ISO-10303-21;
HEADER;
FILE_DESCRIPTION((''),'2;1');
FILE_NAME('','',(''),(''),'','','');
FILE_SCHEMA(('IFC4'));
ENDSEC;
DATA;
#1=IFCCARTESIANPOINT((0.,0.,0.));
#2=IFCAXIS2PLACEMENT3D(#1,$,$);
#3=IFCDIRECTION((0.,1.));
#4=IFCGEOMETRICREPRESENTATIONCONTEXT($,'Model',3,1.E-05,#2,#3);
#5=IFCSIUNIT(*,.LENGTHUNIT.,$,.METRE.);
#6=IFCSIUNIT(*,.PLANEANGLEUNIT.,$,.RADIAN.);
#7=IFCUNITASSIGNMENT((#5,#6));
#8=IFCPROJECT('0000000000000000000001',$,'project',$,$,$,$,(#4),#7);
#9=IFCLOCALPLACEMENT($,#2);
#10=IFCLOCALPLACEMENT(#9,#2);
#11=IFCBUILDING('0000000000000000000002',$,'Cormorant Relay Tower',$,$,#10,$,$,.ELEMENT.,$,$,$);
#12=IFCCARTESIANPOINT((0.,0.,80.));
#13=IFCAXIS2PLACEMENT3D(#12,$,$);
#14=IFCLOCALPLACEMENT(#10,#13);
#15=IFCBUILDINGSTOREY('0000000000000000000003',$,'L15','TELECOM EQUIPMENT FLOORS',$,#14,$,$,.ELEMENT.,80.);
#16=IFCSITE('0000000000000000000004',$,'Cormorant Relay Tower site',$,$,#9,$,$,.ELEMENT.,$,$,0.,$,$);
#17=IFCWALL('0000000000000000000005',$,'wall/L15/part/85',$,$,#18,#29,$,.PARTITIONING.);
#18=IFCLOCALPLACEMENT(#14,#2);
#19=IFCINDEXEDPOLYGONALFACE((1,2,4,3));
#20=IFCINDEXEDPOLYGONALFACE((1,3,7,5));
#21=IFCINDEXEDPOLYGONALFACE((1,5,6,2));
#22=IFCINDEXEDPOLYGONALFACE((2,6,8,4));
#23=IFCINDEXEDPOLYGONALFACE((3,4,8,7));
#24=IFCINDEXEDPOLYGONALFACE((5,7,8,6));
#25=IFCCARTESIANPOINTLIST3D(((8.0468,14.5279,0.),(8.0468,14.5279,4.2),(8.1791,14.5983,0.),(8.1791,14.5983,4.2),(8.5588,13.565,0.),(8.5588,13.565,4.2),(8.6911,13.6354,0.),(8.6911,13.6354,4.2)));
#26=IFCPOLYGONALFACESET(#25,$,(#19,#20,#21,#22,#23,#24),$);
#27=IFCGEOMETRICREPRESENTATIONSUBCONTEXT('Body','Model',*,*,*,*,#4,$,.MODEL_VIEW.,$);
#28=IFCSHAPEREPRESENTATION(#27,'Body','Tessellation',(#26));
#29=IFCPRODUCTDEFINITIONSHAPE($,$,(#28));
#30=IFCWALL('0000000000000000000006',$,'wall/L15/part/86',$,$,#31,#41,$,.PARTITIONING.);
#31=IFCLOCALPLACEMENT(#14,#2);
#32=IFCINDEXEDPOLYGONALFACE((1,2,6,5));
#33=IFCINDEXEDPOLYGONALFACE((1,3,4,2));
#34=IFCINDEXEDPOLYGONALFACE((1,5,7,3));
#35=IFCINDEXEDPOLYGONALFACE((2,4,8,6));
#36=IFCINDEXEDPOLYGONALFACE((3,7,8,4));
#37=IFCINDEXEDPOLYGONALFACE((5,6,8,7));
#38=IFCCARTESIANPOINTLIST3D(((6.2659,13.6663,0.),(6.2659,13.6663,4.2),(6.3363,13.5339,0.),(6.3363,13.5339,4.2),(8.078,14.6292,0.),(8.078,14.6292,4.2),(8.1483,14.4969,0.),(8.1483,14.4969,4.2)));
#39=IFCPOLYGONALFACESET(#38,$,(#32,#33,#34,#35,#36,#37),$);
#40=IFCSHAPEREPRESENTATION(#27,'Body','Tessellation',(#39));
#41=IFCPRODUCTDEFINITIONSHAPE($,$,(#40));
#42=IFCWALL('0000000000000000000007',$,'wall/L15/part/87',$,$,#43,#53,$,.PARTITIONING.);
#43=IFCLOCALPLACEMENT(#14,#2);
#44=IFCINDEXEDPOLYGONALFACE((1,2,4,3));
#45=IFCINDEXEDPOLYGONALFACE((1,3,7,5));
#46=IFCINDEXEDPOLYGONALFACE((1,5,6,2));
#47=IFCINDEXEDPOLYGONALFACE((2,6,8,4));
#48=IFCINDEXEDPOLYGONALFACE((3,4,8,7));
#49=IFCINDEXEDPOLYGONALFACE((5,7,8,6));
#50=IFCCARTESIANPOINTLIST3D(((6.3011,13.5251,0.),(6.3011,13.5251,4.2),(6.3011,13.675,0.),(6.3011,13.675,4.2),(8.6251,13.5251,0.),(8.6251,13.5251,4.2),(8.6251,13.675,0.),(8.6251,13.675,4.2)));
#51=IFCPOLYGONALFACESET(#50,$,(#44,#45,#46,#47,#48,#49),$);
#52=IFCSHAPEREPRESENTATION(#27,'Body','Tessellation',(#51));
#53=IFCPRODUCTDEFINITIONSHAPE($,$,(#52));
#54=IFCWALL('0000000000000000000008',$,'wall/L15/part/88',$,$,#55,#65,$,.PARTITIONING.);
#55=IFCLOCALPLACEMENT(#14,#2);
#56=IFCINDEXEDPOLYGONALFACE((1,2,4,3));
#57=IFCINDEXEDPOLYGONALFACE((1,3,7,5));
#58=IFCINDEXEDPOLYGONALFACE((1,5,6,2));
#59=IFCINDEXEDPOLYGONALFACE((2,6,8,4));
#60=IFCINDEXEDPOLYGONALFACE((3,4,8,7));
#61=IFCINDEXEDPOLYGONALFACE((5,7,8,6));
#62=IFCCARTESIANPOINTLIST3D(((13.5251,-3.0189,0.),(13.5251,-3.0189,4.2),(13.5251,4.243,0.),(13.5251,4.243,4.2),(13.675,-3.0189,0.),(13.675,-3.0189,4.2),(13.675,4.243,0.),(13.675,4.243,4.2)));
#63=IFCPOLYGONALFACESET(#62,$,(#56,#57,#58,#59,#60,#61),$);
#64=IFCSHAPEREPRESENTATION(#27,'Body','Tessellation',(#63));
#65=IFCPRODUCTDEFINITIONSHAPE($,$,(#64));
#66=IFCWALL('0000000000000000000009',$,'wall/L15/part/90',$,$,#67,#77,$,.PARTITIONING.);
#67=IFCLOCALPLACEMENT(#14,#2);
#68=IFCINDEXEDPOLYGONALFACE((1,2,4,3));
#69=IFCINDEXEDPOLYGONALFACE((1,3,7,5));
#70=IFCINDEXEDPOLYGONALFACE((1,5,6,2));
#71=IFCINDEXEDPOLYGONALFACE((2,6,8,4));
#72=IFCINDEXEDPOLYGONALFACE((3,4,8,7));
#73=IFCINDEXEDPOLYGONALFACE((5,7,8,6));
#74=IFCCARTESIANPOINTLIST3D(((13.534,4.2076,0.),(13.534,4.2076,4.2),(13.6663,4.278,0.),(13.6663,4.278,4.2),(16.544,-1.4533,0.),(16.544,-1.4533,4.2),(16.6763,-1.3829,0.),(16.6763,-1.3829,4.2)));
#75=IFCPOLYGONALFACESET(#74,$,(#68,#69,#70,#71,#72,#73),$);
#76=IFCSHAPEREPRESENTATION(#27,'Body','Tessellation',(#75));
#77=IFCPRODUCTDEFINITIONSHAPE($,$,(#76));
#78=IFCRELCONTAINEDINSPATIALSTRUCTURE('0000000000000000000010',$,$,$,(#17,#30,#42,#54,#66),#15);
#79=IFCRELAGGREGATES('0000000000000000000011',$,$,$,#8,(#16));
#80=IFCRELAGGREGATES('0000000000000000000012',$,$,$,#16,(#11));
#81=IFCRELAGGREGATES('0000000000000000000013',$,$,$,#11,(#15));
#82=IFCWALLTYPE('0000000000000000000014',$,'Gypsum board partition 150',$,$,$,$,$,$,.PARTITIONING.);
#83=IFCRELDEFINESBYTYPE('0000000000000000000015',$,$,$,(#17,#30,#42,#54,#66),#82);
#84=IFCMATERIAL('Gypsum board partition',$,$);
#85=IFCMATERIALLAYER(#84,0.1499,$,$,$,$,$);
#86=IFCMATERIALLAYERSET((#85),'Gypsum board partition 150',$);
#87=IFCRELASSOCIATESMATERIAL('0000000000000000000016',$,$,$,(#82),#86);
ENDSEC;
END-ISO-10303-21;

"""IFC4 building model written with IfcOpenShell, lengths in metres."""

from ifc_helpers import new_model, si_unit, direction, frame, frame_2d, origin, place, context, subcontext, project, spatial, rectangle, extrude, material, layer, layer_set, type_object, element, save


model = new_model("IFC4")

# Units and contexts
model_context = context("Model", 3, precision=1e-05, world=origin(), true_north=direction((0.0, 1.0)))
body_context = subcontext(model_context, "Body", "Model", "MODEL_VIEW")
ifc_project = project(units=[si_unit("LENGTHUNIT", "METRE"), si_unit("PLANEANGLEUNIT", "RADIAN")], contexts=[model_context])

# Site, building, storey
site_placement = place(None, origin())
site = spatial("IfcSite", under=ifc_project, at=site_placement, Name="Cormorant Relay Tower site", CompositionType="ELEMENT", RefElevation=0.0)
building_placement = place(site_placement, origin())
building = spatial("IfcBuilding", under=site, at=building_placement, Name="Cormorant Relay Tower", CompositionType="ELEMENT")
storey_placement = place(building_placement, frame((0.0, 0.0, 80.0)))
storey = spatial("IfcBuildingStorey", under=building, at=storey_placement, Name="L15", Description="TELECOM EQUIPMENT FLOORS", CompositionType="ELEMENT", Elevation=80.0)

# Walls
ifc_material_1 = material(Name="Gypsum board partition")
ifc_layer_1 = layer(ifc_material_1, 0.1499)
ifc_layer_set_1 = layer_set([ifc_layer_1], Name="Gypsum board partition 150")
wall_type_1 = type_object("IfcWallType", Name="Gypsum board partition 150", PredefinedType="PARTITIONING", material=ifc_layer_set_1)
wall_1_placement = place(storey_placement, frame((8.625, 13.6001, 0.0), z_axis=(0.0, 0.0, 1.0), x_axis=(-0.469461, 0.882953, 0.0)))
element("IfcWall", 1, at=wall_1_placement, inside=storey, type_object=wall_type_1, Name="wall/L15/part/85", PredefinedType="PARTITIONING", context=body_context, shape_type="SweptSolid", body=[
    extrude(rectangle(XDim=1.0906, YDim=0.1499, at=frame_2d((0.5454, 0.0))), origin(), (0.0, 0.0, 1.0), 4.2),
])
wall_2_placement = place(storey_placement, frame((8.113, 14.563, 0.0), z_axis=(0.0, 0.0, 1.0), x_axis=(-0.883063, -0.469254, 0.0)))
element("IfcWall", 2, at=wall_2_placement, inside=storey, type_object=wall_type_1, Name="wall/L15/part/86", PredefinedType="PARTITIONING", context=body_context, shape_type="SweptSolid", body=[
    extrude(rectangle(XDim=2.052, YDim=0.1499, at=frame_2d((1.0259, 0.0))), origin(), (0.0, 0.0, 1.0), 4.2),
])
wall_3_placement = place(storey_placement, frame((6.301, 13.6001, 0.0), z_axis=(0.0, 0.0, 1.0), x_axis=(1.0, 0.0, 0.0)))
element("IfcWall", 3, at=wall_3_placement, inside=storey, type_object=wall_type_1, Name="wall/L15/part/87", PredefinedType="PARTITIONING", context=body_context, shape_type="SweptSolid", body=[
    extrude(rectangle(XDim=2.324, YDim=0.1499, at=frame_2d((1.1621, 0.0))), origin(), (0.0, 0.0, 1.0), 4.2),
])
wall_4_placement = place(storey_placement, frame((13.6001, 4.2429, 0.0), z_axis=(0.0, 0.0, 1.0), x_axis=(0.0, -1.0, 0.0)))
element("IfcWall", 4, at=wall_4_placement, inside=storey, type_object=wall_type_1, Name="wall/L15/part/88", PredefinedType="PARTITIONING", context=body_context, shape_type="SweptSolid", body=[
    extrude(rectangle(XDim=7.262, YDim=0.1499, at=frame_2d((3.6309, 0.0))), origin(), (0.0, 0.0, 1.0), 4.2),
])
wall_5_placement = place(storey_placement, frame((16.6101, -1.418, 0.0), z_axis=(0.0, 0.0, 1.0), x_axis=(-0.469479, 0.882944, 0.0)))
element("IfcWall", 5, at=wall_5_placement, inside=storey, type_object=wall_type_1, Name="wall/L15/part/90", PredefinedType="PARTITIONING", context=body_context, shape_type="SweptSolid", body=[
    extrude(rectangle(XDim=6.4114, YDim=0.1499, at=frame_2d((3.2056, 0.0))), origin(), (0.0, 0.0, 1.0), 4.2),
])

save(model, "model.ifc")
